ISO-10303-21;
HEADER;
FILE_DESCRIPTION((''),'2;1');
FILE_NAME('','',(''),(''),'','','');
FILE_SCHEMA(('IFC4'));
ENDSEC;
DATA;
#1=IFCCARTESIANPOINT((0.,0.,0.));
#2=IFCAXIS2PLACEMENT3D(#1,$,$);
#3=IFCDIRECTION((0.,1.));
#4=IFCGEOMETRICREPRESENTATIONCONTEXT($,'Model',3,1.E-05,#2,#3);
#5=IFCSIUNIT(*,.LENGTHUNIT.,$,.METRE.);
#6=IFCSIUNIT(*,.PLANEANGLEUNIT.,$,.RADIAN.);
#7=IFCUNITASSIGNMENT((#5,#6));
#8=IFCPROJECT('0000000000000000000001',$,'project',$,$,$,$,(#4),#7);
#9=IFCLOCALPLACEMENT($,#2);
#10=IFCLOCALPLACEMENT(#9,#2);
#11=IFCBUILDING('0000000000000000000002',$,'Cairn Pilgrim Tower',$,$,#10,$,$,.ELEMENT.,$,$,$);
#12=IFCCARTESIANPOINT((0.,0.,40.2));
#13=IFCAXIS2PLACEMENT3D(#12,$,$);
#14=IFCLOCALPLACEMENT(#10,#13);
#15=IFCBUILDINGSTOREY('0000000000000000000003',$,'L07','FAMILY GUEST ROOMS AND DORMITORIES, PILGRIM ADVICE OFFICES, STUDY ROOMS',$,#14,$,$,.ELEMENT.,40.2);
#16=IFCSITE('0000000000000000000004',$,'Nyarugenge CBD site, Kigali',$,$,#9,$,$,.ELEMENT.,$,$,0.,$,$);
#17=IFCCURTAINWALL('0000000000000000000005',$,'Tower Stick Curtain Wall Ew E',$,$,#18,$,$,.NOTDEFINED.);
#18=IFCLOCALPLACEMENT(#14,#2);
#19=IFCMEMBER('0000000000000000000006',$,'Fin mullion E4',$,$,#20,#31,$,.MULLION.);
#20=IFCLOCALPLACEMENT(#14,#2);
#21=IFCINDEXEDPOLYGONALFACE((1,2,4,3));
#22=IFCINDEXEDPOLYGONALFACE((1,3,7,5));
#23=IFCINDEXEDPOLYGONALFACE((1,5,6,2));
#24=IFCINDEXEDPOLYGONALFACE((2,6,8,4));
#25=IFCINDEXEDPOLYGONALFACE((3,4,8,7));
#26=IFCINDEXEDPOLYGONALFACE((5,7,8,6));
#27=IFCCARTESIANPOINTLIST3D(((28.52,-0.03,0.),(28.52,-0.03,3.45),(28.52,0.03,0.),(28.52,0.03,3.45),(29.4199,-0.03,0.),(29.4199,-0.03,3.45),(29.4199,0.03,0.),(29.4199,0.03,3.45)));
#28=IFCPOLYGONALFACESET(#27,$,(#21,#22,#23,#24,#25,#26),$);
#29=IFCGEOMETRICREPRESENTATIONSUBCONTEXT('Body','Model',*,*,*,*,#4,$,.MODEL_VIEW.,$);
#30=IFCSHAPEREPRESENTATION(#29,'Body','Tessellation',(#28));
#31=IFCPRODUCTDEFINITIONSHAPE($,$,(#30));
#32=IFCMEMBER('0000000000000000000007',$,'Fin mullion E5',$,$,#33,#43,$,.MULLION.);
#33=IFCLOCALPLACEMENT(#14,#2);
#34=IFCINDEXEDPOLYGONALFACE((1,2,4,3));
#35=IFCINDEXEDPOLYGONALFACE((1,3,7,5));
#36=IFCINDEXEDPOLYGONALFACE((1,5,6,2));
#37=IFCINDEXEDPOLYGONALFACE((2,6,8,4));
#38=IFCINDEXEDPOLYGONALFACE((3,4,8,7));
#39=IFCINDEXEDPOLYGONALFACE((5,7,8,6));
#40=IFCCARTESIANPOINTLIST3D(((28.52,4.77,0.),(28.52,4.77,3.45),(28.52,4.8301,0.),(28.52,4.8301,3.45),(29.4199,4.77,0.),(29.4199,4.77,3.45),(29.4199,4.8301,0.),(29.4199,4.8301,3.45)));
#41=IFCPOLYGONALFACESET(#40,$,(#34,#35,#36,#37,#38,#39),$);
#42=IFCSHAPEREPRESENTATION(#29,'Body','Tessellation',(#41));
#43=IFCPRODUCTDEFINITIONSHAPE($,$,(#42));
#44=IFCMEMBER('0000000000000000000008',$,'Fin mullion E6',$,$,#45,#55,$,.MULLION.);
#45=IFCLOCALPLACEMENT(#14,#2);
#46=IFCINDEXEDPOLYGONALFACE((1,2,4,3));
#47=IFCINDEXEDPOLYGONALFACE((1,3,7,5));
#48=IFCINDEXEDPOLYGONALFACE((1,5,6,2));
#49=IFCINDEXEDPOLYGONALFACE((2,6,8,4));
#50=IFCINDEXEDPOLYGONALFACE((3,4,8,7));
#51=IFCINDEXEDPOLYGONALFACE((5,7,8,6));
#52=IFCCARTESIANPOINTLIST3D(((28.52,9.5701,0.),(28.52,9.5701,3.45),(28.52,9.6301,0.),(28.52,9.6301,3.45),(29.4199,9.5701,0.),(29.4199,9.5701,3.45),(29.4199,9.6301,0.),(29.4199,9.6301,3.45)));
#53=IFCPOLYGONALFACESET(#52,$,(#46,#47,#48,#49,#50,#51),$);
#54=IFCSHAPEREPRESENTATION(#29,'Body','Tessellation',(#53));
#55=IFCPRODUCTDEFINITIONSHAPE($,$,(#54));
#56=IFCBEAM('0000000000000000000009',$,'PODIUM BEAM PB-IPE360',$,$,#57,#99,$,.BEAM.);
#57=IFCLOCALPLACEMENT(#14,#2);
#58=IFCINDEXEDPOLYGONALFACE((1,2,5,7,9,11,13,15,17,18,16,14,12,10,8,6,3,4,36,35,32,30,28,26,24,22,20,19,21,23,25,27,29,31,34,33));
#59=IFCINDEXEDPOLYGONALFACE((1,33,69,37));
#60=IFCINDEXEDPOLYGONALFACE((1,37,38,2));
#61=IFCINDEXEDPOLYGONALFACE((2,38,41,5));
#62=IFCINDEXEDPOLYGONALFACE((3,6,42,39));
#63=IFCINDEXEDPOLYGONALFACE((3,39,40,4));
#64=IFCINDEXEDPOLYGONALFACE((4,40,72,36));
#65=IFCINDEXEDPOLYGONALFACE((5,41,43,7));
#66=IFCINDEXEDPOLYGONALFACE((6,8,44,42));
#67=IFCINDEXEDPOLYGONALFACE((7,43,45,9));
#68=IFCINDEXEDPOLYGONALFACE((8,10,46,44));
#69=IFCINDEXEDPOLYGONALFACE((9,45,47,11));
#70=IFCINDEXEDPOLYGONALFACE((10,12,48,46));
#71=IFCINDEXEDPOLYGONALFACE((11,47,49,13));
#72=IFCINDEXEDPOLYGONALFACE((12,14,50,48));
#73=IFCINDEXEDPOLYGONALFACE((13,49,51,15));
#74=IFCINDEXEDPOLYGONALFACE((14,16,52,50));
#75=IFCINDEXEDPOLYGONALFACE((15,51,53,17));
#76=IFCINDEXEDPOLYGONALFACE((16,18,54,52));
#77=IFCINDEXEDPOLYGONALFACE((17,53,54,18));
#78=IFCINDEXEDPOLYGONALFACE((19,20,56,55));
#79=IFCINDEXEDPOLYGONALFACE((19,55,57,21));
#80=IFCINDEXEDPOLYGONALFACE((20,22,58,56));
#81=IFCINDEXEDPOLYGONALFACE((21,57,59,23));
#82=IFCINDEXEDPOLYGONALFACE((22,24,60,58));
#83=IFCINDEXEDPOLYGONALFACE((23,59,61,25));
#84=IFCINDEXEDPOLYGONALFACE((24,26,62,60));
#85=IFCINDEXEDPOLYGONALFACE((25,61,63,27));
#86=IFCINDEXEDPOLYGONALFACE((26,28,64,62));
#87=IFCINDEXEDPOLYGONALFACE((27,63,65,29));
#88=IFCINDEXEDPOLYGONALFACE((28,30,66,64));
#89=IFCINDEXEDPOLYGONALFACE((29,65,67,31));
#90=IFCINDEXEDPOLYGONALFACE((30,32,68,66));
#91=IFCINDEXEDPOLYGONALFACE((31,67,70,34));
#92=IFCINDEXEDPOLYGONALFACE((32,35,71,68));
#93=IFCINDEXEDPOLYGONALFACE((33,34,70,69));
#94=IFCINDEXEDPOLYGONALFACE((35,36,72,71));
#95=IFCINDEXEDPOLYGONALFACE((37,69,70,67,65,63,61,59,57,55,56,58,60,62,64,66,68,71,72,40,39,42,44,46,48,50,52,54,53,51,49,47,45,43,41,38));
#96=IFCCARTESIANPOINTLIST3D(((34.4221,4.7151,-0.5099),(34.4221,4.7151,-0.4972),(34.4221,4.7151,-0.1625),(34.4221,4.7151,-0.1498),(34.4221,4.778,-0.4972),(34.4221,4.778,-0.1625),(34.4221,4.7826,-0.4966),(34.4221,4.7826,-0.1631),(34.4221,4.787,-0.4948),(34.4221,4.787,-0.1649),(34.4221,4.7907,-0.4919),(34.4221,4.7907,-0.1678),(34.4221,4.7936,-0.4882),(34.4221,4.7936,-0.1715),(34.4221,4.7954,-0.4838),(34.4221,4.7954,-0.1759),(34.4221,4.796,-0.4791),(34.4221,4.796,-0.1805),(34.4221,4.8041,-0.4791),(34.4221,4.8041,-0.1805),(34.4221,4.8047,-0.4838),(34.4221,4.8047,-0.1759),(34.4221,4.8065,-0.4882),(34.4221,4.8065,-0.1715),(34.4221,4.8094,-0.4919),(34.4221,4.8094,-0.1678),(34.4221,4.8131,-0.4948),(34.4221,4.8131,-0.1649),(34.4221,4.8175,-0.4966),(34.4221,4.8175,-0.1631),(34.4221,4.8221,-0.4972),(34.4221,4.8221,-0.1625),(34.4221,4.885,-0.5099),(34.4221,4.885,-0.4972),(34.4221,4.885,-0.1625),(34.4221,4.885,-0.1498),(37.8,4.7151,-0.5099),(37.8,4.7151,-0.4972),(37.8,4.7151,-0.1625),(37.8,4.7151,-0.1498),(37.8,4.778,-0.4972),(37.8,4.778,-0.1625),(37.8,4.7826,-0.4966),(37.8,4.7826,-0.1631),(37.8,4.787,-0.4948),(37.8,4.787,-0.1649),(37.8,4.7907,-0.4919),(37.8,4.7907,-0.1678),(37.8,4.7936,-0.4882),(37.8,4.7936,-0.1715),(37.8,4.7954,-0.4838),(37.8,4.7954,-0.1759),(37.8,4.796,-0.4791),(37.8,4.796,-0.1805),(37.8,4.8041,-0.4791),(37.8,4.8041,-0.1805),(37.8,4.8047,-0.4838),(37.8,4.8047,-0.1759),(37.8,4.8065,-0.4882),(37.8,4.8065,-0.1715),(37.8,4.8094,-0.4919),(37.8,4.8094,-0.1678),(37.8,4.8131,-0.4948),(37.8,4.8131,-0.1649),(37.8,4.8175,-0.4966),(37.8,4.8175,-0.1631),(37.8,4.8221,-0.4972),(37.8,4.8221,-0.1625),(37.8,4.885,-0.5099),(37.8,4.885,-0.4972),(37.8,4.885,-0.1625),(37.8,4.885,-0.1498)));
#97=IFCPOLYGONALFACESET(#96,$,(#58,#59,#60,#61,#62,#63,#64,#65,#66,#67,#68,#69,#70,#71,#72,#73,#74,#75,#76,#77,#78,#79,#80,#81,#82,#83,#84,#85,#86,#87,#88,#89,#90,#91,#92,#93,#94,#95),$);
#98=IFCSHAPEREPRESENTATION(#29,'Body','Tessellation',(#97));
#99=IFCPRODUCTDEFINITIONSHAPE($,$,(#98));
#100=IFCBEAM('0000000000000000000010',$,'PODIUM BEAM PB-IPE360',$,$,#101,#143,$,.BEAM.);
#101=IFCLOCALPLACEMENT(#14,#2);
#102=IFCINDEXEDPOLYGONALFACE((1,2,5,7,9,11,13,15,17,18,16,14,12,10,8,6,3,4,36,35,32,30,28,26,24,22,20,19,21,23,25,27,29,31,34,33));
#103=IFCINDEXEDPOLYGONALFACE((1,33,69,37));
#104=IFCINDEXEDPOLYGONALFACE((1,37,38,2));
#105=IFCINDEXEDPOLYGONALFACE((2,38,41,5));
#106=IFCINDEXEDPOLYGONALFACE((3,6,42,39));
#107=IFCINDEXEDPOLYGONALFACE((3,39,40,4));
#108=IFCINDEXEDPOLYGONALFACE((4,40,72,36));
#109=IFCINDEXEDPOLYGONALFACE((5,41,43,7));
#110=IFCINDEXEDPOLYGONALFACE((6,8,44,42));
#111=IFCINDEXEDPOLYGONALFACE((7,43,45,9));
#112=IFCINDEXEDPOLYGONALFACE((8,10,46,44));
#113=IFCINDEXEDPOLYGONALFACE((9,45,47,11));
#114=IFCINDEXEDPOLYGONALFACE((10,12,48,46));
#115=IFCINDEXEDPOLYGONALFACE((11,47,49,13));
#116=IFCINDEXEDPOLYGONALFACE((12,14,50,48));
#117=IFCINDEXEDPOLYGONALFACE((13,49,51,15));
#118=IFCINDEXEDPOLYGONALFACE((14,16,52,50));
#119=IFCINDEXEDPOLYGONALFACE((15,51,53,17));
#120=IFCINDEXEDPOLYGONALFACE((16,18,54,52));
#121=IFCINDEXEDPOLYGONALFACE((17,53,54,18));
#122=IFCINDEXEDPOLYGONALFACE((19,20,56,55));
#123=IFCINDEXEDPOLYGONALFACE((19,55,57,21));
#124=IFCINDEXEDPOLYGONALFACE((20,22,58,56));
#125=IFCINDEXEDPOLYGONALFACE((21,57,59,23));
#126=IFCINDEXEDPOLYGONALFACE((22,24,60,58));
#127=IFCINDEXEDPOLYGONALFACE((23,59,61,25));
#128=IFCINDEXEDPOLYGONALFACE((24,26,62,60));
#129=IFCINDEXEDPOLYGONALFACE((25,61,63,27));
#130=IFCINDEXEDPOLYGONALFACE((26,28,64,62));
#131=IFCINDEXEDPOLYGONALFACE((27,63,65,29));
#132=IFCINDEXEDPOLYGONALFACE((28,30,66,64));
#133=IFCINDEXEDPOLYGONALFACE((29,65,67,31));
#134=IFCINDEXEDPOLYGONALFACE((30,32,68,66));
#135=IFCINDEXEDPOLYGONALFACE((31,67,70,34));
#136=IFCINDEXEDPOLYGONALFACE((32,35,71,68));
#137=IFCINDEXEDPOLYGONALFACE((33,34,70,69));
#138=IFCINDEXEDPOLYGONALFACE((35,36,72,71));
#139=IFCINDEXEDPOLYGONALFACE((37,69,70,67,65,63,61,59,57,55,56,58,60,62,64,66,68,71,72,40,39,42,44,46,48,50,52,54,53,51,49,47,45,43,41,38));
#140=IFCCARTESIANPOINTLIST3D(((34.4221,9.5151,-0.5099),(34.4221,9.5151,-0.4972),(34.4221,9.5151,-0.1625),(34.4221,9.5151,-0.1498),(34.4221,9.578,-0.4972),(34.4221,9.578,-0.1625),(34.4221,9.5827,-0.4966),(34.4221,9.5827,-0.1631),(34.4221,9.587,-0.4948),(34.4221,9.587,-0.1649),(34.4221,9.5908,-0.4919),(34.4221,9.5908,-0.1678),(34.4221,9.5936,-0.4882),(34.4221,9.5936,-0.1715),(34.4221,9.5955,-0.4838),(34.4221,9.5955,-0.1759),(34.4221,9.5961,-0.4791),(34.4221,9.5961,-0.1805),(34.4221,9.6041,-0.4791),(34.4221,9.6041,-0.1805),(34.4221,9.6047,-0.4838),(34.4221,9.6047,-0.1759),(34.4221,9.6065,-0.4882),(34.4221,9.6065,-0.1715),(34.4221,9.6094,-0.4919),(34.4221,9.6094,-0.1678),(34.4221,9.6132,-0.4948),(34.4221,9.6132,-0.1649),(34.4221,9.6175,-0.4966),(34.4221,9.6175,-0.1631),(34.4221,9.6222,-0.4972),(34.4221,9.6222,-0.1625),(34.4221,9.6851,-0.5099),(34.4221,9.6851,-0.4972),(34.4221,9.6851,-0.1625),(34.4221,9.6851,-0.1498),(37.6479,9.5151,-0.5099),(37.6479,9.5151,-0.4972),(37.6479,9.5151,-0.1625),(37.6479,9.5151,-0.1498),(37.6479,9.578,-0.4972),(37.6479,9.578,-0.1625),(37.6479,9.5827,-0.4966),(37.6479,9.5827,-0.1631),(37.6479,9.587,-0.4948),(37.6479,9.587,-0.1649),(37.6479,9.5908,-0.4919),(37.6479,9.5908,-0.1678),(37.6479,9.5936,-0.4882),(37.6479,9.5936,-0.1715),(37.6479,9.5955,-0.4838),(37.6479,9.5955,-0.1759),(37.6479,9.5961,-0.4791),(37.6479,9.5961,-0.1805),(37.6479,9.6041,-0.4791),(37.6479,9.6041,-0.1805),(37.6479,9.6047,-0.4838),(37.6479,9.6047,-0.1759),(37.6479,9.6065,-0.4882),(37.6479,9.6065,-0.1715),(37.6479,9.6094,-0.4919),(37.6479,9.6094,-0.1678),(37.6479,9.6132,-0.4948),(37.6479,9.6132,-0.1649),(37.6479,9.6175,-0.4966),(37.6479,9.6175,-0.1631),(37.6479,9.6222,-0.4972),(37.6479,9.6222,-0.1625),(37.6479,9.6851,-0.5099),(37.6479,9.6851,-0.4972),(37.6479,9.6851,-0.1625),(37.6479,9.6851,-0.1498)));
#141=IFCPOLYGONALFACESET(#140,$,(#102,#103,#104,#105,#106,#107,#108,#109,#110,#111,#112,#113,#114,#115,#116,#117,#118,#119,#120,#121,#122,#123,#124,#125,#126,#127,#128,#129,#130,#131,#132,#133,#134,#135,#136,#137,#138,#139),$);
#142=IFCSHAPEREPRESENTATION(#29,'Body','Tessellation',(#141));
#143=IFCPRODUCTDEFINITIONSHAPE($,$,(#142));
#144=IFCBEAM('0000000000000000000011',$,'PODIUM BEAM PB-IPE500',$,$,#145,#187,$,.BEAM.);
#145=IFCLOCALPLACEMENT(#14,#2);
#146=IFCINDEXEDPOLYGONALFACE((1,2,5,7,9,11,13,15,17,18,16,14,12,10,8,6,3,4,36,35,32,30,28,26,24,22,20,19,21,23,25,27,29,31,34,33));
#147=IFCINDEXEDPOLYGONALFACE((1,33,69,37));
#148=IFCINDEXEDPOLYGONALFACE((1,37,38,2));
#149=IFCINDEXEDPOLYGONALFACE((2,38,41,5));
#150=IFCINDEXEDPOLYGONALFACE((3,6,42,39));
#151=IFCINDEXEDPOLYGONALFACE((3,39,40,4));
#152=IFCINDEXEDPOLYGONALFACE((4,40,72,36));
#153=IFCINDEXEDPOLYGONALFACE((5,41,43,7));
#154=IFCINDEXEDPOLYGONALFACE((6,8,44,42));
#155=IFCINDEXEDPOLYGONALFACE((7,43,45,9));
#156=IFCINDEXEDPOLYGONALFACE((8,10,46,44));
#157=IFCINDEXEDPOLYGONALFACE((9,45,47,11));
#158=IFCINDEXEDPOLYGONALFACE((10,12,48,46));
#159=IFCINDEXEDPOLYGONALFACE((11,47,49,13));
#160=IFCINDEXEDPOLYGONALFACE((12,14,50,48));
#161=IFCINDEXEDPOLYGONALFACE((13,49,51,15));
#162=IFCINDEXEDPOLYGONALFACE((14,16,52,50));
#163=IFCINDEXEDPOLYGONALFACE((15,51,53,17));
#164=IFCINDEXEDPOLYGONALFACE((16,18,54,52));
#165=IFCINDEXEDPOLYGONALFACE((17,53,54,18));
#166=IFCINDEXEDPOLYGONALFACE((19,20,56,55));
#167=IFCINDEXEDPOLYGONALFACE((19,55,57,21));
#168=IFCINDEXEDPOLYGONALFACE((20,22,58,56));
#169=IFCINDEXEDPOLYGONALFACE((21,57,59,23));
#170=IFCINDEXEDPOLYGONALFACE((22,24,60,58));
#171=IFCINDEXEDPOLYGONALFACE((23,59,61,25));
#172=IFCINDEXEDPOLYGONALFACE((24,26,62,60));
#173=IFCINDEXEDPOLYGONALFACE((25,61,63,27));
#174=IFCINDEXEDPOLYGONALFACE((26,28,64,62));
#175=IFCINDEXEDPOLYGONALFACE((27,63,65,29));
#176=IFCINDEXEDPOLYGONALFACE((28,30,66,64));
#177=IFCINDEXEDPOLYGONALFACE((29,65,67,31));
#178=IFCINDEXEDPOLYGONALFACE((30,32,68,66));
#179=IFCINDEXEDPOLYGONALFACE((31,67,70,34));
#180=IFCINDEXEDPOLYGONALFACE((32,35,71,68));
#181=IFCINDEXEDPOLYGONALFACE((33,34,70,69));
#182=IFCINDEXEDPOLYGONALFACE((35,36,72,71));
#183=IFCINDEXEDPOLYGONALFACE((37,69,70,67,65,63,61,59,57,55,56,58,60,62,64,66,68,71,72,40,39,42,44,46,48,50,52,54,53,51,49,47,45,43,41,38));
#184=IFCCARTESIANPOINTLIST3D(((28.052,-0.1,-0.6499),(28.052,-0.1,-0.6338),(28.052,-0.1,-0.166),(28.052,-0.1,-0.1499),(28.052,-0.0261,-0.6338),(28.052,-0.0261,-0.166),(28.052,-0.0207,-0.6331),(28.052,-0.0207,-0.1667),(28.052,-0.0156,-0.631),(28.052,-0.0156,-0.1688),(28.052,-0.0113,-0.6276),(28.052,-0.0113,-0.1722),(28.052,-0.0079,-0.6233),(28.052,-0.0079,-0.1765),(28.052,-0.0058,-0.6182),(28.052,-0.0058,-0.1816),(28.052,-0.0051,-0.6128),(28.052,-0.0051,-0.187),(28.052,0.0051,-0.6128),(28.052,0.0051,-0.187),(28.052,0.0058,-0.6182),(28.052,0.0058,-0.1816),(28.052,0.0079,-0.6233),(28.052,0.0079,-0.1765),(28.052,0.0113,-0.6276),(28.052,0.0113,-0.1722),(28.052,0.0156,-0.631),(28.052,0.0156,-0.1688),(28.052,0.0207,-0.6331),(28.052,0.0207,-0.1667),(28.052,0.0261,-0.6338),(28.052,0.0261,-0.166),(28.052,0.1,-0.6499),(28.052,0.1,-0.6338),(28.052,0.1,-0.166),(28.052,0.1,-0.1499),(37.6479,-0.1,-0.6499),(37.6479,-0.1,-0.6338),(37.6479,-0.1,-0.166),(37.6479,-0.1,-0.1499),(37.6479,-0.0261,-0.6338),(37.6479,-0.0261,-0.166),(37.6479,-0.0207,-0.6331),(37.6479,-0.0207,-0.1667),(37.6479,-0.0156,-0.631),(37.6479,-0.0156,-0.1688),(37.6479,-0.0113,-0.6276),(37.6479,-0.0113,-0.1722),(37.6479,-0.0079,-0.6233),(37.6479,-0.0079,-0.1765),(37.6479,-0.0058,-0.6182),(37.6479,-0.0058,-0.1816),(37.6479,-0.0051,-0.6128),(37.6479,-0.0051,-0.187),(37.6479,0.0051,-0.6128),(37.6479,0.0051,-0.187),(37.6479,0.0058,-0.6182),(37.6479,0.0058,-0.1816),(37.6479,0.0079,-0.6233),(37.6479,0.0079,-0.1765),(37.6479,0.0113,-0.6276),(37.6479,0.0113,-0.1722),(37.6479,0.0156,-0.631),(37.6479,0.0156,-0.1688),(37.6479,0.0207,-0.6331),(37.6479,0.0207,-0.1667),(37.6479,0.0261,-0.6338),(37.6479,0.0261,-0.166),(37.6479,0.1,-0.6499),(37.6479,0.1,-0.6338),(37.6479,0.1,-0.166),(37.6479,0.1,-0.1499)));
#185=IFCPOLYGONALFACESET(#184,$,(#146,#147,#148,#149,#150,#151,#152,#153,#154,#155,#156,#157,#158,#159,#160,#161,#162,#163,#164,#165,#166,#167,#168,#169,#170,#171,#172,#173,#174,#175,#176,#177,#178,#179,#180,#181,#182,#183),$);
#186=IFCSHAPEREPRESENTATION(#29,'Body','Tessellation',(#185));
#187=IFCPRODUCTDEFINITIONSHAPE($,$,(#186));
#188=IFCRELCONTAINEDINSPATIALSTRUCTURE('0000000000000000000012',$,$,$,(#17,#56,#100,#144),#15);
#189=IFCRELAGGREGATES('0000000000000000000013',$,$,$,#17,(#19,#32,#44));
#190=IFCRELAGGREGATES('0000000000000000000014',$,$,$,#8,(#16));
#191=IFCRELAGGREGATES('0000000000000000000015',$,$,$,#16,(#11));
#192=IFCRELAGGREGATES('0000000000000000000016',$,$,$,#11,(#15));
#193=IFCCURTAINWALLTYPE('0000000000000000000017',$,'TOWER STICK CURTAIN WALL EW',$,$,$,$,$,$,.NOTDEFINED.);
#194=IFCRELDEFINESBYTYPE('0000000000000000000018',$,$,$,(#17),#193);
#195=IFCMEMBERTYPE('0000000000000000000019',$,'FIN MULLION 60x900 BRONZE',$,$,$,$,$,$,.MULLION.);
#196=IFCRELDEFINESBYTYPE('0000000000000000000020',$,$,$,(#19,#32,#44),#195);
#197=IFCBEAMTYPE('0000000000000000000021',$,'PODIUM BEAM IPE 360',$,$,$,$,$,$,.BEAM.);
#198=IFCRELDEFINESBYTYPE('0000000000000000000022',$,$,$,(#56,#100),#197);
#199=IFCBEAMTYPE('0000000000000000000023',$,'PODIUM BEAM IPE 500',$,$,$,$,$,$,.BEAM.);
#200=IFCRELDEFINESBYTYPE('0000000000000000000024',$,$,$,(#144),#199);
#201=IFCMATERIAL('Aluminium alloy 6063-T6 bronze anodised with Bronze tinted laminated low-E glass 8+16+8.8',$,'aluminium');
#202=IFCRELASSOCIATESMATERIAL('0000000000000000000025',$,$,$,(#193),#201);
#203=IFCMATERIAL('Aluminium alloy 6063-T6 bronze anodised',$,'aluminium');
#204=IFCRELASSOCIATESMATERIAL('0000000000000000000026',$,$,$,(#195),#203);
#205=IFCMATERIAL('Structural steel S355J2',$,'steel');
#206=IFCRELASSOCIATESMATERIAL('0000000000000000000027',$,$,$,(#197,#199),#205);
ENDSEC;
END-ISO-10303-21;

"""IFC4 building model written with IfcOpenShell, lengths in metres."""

from ifc_helpers import new_model, si_unit, direction, frame, origin, origin_2d, place, context, subcontext, project, spatial, rectangle, i_section, extrude, material, material_profile, profile_set, type_object, element, aggregate, save


model = new_model("IFC4")

# Units and contexts
model_context = context("Model", 3, precision=1e-05, world=origin(), true_north=direction((0.0, 1.0)))
body_context = subcontext(model_context, "Body", "Model", "MODEL_VIEW")
ifc_project = project(units=[si_unit("LENGTHUNIT", "METRE"), si_unit("PLANEANGLEUNIT", "RADIAN")], contexts=[model_context])

# Site, building, storey
site_placement = place(None, origin())
site = spatial("IfcSite", under=ifc_project, at=site_placement, Name="Nyarugenge CBD site, Kigali", CompositionType="ELEMENT", RefElevation=0.0)
building_placement = place(site_placement, origin())
building = spatial("IfcBuilding", under=site, at=building_placement, Name="Cairn Pilgrim Tower", CompositionType="ELEMENT")
storey_placement = place(building_placement, frame((0.0, 0.0, 40.2)))
storey = spatial("IfcBuildingStorey", under=building, at=storey_placement, Name="L07", Description="FAMILY GUEST ROOMS AND DORMITORIES, PILGRIM ADVICE OFFICES, STUDY ROOMS", CompositionType="ELEMENT", Elevation=40.2)

# Curtain wall, members
ifc_material_1 = material(Name="Aluminium alloy 6063-T6 bronze anodised with Bronze tinted laminated low-E glass 8+16+8.8", Category="aluminium")
curtain_wall_type = type_object("IfcCurtainWallType", Name="TOWER STICK CURTAIN WALL EW", PredefinedType="NOTDEFINED", material=ifc_material_1)
curtain_wall_placement = place(storey_placement, origin())
curtain_wall = element("IfcCurtainWall", 1, at=curtain_wall_placement, inside=storey, type_object=curtain_wall_type, Name="Tower Stick Curtain Wall Ew E", PredefinedType="NOTDEFINED")
ifc_material_2 = material(Name="Aluminium alloy 6063-T6 bronze anodised", Category="aluminium")
ifc_material_profile_1 = material_profile(ifc_material_2, rectangle(XDim=0.8999, YDim=0.0601, at=origin_2d()), Name="FIN MULLION 60x900 BRONZE")
ifc_profile_set_1 = profile_set([ifc_material_profile_1], Name="Aluminium alloy 6063-T6 bronze anodised")
member_type_1 = type_object("IfcMemberType", Name="FIN MULLION 60x900 BRONZE", PredefinedType="MULLION", material=ifc_profile_set_1)
member_1_placement = place(storey_placement, frame((28.97, 0.0, 0.0), z_axis=(0.0, 0.0, 1.0), x_axis=(1.0, 0.0, 0.0)))
member_1 = element("IfcMember", 2, at=member_1_placement, type_object=member_type_1, Name="Fin mullion E4", PredefinedType="MULLION", context=body_context, shape_type="SweptSolid", body=[
    extrude(rectangle(XDim=0.8999, YDim=0.0601, at=origin_2d()), origin(), (0.0, 0.0, 1.0), 3.45),
])
member_2_placement = place(storey_placement, frame((28.97, 4.8, 0.0), z_axis=(0.0, 0.0, 1.0), x_axis=(1.0, 0.0, 0.0)))
member_2 = element("IfcMember", 3, at=member_2_placement, type_object=member_type_1, Name="Fin mullion E5", PredefinedType="MULLION", context=body_context, shape_type="SweptSolid", body=[
    extrude(rectangle(XDim=0.8999, YDim=0.0601, at=origin_2d()), origin(), (0.0, 0.0, 1.0), 3.45),
])
member_3_placement = place(storey_placement, frame((28.97, 9.6001, 0.0), z_axis=(0.0, 0.0, 1.0), x_axis=(1.0, 0.0, 0.0)))
member_3 = element("IfcMember", 4, at=member_3_placement, type_object=member_type_1, Name="Fin mullion E6", PredefinedType="MULLION", context=body_context, shape_type="SweptSolid", body=[
    extrude(rectangle(XDim=0.8999, YDim=0.0601, at=origin_2d()), origin(), (0.0, 0.0, 1.0), 3.45),
])

# Beams
ifc_material_3 = material(Name="Structural steel S355J2", Category="steel")
ifc_material_profile_2 = material_profile(ifc_material_3, i_section(OverallWidth=0.1699, OverallDepth=0.3601, WebThickness=0.0081, FlangeThickness=0.0127, FilletRadius=0.0181, at=origin_2d()), Name="IPE 360")
ifc_profile_set_2 = profile_set([ifc_material_profile_2], Name="Structural steel S355J2")
beam_type_1 = type_object("IfcBeamType", Name="PODIUM BEAM IPE 360", PredefinedType="BEAM", material=ifc_profile_set_2)
beam_1_placement = place(storey_placement, frame((34.4221, 4.8, -0.3298), z_axis=(1.0, 0.0, 0.0), x_axis=(0.0, 1.0, 0.0)))
element("IfcBeam", 5, at=beam_1_placement, inside=storey, type_object=beam_type_1, Name="PODIUM BEAM PB-IPE360", PredefinedType="BEAM", context=body_context, shape_type="SweptSolid", body=[
    extrude(i_section(OverallWidth=0.1699, OverallDepth=0.3601, WebThickness=0.0081, FlangeThickness=0.0127, FilletRadius=0.0181, at=origin_2d()), origin(), (0.0, 0.0, 1.0), 3.3779),
])
beam_2_placement = place(storey_placement, frame((34.4221, 9.6001, -0.3298), z_axis=(1.0, 0.0, 0.0), x_axis=(0.0, 1.0, 0.0)))
element("IfcBeam", 6, at=beam_2_placement, inside=storey, type_object=beam_type_1, Name="PODIUM BEAM PB-IPE360", PredefinedType="BEAM", context=body_context, shape_type="SweptSolid", body=[
    extrude(i_section(OverallWidth=0.1699, OverallDepth=0.3601, WebThickness=0.0081, FlangeThickness=0.0127, FilletRadius=0.0181, at=origin_2d()), origin(), (0.0, 0.0, 1.0), 3.2258),
])
ifc_material_profile_3 = material_profile(ifc_material_3, i_section(OverallWidth=0.2, OverallDepth=0.5, WebThickness=0.0103, FlangeThickness=0.0161, FilletRadius=0.021, at=origin_2d()), Name="IPE 500")
ifc_profile_set_3 = profile_set([ifc_material_profile_3], Name="Structural steel S355J2")
beam_type_2 = type_object("IfcBeamType", Name="PODIUM BEAM IPE 500", PredefinedType="BEAM", material=ifc_profile_set_3)
beam_3_placement = place(storey_placement, frame((28.052, 0.0, -0.3999), z_axis=(1.0, 0.0, 0.0), x_axis=(0.0, 1.0, 0.0)))
element("IfcBeam", 7, at=beam_3_placement, inside=storey, type_object=beam_type_2, Name="PODIUM BEAM PB-IPE500", PredefinedType="BEAM", context=body_context, shape_type="SweptSolid", body=[
    extrude(i_section(OverallWidth=0.2, OverallDepth=0.5, WebThickness=0.0103, FlangeThickness=0.0161, FilletRadius=0.021, at=origin_2d()), origin(), (0.0, 0.0, 1.0), 9.5959),
])

aggregate(curtain_wall, [member_1, member_2, member_3])

save(model, "model.ifc")
